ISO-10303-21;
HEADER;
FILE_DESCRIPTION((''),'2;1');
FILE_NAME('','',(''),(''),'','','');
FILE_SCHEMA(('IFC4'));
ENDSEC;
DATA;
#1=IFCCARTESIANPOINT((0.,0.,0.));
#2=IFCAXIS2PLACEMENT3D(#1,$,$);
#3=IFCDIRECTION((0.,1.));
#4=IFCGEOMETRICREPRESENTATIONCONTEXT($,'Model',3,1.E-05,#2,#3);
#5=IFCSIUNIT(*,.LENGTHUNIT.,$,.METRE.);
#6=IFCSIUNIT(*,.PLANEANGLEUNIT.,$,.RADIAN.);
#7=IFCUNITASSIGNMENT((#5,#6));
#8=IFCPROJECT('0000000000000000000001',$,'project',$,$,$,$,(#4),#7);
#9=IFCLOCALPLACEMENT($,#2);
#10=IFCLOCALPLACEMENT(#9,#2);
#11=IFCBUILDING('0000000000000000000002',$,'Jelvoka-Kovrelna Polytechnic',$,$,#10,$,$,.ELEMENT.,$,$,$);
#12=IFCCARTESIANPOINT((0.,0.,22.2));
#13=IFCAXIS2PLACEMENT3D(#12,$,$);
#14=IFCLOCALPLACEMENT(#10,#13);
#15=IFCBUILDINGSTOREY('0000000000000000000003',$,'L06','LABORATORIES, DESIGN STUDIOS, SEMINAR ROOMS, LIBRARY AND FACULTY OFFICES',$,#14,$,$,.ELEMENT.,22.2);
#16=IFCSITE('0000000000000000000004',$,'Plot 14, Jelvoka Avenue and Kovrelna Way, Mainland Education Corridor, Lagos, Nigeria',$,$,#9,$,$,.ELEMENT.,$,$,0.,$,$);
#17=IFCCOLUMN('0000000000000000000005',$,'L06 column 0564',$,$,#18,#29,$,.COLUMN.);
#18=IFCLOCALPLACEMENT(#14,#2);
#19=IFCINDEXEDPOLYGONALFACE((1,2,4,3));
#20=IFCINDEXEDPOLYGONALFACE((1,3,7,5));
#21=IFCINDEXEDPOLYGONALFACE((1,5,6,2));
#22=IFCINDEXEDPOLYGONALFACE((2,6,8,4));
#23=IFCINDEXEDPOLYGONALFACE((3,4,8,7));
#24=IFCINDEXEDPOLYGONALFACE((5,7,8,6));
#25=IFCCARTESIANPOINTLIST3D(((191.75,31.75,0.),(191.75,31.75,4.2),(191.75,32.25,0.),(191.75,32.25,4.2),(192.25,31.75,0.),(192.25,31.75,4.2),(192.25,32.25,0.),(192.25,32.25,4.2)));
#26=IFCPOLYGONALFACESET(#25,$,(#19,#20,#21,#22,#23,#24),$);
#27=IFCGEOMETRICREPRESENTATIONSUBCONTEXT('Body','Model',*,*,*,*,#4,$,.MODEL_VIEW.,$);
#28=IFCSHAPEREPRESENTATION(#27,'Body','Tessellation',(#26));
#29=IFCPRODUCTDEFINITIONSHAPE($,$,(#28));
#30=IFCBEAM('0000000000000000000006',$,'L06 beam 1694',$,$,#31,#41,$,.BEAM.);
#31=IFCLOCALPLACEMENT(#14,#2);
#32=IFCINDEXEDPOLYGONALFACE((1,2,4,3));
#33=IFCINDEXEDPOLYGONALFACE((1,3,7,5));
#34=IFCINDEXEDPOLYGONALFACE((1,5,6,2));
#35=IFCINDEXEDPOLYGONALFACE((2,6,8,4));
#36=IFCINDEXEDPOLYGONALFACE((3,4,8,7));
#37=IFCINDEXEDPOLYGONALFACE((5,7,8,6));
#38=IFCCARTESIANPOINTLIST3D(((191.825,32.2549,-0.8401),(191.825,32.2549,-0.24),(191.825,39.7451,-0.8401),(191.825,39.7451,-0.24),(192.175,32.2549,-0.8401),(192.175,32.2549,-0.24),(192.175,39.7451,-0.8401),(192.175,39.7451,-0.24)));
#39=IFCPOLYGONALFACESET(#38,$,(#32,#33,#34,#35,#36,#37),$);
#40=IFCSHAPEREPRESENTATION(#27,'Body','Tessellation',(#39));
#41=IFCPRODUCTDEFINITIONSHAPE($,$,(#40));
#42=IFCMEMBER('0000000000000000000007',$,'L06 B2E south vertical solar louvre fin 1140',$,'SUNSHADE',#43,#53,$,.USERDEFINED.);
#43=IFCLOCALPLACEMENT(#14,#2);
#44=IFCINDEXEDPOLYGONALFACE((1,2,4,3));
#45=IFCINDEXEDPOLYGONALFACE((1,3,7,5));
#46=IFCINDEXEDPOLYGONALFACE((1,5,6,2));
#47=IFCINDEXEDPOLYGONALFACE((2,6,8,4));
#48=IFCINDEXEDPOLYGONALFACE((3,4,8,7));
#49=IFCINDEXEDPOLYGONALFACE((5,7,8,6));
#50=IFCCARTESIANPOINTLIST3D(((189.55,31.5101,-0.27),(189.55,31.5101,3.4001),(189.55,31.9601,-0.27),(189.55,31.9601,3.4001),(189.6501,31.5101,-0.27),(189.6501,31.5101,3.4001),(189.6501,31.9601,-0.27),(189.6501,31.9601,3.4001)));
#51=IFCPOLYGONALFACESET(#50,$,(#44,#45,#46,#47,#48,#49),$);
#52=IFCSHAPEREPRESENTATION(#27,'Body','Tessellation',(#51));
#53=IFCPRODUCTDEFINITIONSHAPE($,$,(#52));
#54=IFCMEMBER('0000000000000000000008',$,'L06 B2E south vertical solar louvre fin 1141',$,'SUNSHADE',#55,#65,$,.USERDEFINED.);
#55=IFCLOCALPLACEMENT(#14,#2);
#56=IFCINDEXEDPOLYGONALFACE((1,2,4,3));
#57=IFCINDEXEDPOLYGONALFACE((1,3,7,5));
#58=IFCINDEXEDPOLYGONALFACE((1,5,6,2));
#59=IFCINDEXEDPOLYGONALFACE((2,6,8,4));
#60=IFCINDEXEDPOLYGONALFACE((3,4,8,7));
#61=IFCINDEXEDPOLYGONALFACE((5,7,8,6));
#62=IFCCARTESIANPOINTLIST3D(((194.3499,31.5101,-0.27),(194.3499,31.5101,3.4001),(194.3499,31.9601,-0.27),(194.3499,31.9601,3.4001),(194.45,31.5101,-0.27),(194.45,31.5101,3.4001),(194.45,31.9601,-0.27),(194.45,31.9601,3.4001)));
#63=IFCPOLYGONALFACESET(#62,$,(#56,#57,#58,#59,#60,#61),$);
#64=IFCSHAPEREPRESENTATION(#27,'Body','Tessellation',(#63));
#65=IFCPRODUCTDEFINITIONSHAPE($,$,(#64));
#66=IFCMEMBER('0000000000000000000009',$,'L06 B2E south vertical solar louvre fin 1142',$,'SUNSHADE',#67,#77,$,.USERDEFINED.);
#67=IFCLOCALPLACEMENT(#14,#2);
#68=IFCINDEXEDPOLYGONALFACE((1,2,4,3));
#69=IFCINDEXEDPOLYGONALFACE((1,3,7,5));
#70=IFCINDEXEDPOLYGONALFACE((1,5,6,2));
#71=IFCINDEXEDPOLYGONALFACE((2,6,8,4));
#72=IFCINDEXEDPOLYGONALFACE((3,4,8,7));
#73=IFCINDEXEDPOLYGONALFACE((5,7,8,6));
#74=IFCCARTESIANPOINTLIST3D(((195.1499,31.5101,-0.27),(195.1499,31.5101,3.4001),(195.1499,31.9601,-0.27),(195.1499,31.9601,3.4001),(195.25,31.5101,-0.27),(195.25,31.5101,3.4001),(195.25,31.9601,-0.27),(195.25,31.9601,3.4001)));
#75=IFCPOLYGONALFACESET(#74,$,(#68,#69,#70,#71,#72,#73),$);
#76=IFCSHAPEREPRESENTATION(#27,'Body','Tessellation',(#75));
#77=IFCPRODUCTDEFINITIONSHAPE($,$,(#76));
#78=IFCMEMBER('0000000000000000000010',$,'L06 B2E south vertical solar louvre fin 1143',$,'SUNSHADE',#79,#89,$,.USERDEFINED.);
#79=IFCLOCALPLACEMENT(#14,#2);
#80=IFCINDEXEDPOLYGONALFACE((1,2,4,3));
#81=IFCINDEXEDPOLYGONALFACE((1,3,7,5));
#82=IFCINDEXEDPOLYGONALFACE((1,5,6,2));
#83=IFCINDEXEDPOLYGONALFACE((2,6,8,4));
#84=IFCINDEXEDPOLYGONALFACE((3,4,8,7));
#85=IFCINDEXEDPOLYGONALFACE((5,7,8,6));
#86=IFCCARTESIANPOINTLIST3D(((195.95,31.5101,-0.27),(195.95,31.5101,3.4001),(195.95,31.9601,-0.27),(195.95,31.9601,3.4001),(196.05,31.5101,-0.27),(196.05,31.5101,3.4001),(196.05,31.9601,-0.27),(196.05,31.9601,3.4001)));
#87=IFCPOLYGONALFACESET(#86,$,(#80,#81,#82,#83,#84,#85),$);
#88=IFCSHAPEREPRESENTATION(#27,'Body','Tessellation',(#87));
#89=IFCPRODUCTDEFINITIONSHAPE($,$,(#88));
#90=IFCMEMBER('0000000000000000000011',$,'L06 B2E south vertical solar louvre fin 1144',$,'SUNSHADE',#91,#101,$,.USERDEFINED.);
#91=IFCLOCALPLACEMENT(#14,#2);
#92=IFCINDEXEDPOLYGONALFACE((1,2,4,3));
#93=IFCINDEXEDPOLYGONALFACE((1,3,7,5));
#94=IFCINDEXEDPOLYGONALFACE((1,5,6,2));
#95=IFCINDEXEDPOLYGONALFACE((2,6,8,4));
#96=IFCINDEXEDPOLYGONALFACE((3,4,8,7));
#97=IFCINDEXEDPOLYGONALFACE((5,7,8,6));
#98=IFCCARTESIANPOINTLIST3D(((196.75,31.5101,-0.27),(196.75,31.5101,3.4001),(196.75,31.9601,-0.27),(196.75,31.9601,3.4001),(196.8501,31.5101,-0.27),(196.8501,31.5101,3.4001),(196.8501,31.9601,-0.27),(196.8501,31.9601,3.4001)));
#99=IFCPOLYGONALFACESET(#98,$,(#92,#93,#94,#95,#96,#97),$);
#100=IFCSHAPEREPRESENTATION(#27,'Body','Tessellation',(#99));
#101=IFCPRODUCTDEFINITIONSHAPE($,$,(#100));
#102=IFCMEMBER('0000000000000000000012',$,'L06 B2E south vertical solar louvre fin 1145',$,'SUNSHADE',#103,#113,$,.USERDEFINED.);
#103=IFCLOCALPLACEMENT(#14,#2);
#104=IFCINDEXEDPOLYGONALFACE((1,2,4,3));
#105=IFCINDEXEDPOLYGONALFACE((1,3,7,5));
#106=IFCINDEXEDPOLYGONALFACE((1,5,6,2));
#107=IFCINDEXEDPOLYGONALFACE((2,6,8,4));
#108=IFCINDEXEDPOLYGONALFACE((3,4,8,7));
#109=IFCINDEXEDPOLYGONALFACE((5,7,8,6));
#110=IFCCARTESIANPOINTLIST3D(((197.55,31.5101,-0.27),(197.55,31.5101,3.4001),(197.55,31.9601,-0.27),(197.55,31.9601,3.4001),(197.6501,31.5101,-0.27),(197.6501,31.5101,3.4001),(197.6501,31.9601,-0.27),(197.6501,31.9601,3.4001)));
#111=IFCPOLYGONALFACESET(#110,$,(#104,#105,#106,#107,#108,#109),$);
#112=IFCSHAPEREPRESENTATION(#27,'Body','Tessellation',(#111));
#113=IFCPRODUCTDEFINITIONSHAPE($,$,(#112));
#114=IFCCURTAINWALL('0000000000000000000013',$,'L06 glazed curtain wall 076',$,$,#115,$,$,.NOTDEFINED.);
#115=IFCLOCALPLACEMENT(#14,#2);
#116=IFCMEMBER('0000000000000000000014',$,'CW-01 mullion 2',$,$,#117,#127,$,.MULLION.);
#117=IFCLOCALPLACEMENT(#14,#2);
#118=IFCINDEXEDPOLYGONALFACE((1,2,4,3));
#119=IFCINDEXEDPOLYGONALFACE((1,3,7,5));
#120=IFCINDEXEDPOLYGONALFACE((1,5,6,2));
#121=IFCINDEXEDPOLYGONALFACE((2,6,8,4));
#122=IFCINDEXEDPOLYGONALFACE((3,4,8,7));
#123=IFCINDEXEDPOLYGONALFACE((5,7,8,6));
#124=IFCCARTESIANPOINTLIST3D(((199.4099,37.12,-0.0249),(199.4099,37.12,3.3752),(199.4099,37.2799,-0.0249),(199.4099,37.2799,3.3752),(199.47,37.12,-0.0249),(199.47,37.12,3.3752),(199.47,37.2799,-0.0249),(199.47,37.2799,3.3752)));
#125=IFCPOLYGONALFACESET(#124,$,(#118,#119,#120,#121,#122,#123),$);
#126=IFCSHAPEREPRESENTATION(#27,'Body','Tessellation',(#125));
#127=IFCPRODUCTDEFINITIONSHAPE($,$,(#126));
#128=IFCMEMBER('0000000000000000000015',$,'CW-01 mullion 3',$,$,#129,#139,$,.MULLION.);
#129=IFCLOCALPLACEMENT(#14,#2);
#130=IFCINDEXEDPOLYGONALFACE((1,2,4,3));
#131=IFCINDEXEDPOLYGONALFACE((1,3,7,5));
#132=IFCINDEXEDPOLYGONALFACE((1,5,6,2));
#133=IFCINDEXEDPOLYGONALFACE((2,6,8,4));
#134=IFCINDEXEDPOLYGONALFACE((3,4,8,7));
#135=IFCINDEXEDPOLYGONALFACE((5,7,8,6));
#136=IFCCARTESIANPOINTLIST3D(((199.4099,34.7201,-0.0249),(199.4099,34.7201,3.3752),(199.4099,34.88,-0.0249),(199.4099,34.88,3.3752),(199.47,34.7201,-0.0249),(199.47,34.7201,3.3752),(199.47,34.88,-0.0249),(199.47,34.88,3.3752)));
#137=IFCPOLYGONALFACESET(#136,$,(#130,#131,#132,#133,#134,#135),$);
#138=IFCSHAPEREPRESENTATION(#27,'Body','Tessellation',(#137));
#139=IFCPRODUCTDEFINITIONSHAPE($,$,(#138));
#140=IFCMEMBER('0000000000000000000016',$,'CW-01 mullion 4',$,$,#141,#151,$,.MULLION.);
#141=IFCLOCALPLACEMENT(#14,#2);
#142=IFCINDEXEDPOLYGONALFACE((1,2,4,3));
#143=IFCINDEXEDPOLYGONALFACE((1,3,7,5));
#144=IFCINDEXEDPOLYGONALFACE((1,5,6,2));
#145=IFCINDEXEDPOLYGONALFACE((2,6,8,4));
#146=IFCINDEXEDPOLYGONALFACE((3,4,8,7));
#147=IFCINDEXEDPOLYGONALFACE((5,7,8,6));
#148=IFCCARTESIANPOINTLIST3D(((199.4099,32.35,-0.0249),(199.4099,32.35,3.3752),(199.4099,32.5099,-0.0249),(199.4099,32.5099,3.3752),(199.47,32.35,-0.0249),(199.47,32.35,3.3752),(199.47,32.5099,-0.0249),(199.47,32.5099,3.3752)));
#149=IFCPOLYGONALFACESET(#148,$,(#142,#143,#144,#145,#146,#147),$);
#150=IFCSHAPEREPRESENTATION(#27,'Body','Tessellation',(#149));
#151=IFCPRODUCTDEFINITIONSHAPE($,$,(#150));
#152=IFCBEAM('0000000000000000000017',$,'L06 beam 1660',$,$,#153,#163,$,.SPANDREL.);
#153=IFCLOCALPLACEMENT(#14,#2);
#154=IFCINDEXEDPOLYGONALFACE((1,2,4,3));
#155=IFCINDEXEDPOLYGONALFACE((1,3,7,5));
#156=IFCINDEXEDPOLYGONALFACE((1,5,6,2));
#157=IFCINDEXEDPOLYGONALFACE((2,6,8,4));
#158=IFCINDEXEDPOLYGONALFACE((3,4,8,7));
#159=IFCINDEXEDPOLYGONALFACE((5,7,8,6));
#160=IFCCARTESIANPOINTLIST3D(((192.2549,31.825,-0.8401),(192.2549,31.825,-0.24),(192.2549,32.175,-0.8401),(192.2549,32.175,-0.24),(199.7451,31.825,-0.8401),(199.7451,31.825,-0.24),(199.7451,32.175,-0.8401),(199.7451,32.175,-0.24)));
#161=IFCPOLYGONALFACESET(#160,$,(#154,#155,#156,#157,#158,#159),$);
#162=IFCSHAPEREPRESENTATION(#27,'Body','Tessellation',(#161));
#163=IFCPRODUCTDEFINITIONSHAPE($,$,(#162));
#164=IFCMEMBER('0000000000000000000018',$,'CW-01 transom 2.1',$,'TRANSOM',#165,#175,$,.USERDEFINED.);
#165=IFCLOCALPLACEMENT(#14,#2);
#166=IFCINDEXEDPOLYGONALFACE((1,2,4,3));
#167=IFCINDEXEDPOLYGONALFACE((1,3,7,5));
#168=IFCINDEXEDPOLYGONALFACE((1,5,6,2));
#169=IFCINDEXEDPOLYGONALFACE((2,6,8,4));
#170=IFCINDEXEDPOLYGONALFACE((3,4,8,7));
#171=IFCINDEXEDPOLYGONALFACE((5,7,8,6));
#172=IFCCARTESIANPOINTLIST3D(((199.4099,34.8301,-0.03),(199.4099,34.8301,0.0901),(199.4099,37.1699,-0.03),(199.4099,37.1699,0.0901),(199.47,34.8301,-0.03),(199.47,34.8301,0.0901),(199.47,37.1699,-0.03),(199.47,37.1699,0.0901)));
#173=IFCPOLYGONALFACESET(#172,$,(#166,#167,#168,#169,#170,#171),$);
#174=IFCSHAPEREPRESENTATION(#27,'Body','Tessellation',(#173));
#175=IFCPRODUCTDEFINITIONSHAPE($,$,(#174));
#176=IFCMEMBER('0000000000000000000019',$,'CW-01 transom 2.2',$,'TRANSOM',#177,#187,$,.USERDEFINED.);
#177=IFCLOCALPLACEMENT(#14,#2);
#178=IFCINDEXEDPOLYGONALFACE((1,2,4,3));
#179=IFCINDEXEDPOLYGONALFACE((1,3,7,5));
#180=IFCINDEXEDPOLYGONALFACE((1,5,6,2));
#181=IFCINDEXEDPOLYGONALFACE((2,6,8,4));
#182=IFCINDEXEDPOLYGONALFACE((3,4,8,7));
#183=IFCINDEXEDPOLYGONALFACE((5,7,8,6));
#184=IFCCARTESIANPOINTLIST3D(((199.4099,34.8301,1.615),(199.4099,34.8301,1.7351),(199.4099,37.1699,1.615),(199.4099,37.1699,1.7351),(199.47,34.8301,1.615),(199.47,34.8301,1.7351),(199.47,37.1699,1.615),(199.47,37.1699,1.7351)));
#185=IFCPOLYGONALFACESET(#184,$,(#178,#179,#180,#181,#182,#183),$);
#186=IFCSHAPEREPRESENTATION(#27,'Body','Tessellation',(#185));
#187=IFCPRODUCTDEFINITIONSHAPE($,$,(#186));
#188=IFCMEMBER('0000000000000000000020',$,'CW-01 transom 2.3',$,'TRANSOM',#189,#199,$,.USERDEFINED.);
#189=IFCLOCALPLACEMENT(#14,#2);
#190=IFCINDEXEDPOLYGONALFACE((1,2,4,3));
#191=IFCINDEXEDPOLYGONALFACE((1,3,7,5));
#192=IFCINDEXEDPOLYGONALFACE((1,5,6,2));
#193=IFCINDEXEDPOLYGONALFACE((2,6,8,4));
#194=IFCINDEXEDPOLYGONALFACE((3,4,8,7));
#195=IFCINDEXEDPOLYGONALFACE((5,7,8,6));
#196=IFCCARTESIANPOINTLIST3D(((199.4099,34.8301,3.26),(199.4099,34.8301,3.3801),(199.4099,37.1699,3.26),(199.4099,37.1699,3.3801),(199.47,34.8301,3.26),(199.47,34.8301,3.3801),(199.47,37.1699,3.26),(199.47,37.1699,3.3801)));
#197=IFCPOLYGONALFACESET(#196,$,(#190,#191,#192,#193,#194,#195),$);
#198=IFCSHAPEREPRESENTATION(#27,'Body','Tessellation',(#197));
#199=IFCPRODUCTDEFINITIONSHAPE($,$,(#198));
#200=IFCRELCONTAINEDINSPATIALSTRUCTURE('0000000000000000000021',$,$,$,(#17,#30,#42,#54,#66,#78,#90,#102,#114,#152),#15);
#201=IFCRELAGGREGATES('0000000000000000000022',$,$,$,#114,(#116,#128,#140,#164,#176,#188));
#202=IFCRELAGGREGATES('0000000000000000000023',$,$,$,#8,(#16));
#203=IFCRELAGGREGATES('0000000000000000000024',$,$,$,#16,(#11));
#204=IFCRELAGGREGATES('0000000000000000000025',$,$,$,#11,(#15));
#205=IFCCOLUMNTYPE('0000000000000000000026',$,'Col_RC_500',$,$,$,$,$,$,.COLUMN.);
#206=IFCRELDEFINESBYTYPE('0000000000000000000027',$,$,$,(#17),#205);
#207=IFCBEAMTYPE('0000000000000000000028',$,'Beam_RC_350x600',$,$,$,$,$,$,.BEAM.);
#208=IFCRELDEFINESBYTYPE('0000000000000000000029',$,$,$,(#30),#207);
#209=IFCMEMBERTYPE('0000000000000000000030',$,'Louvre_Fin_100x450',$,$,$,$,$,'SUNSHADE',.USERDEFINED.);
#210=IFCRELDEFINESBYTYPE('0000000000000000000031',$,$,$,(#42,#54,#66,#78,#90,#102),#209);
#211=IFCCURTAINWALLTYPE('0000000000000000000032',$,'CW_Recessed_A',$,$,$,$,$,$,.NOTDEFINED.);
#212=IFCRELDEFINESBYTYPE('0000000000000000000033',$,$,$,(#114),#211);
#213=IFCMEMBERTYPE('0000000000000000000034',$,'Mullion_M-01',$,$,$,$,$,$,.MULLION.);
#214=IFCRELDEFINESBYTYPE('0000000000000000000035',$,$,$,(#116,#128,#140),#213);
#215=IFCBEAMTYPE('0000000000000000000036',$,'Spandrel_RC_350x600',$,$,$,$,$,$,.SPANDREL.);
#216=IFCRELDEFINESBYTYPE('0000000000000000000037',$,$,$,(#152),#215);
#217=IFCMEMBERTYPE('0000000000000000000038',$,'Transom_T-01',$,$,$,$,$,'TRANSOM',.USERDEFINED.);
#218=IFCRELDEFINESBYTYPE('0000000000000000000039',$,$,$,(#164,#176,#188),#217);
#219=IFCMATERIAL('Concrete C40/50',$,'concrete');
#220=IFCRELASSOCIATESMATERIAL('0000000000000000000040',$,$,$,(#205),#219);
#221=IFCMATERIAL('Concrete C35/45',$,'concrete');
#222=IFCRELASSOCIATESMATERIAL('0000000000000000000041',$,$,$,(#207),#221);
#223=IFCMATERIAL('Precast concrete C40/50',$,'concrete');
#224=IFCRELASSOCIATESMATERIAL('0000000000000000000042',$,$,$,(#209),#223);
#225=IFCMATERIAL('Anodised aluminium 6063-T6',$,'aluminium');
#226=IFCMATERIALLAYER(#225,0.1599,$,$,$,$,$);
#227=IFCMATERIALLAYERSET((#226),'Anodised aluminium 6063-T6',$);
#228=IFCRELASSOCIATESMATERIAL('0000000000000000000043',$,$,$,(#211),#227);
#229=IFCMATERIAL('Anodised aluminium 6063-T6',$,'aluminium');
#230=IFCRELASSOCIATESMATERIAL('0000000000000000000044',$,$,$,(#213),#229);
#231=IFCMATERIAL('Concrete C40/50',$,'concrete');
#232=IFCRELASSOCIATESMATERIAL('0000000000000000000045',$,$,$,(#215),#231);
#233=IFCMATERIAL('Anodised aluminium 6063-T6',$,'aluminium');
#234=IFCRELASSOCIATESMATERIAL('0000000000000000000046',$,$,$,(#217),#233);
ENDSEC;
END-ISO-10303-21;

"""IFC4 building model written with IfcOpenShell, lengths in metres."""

from ifc_helpers import new_model, si_unit, direction, frame, origin, origin_2d, place, context, subcontext, project, spatial, rectangle, extrude, material, layer, layer_set, material_profile, profile_set, type_object, element, aggregate, save


model = new_model("IFC4")

# Units and contexts
model_context = context("Model", 3, precision=1e-05, world=origin(), true_north=direction((0.0, 1.0)))
body_context = subcontext(model_context, "Body", "Model", "MODEL_VIEW")
ifc_project = project(units=[si_unit("LENGTHUNIT", "METRE"), si_unit("PLANEANGLEUNIT", "RADIAN")], contexts=[model_context])

# Site, building, storey
site_placement = place(None, origin())
site = spatial("IfcSite", under=ifc_project, at=site_placement, Name="Plot 14, Jelvoka Avenue and Kovrelna Way, Mainland Education Corridor, Lagos, Nigeria", CompositionType="ELEMENT", RefElevation=0.0)
building_placement = place(site_placement, origin())
building = spatial("IfcBuilding", under=site, at=building_placement, Name="Jelvoka-Kovrelna Polytechnic", CompositionType="ELEMENT")
storey_placement = place(building_placement, frame((0.0, 0.0, 22.2)))
storey = spatial("IfcBuildingStorey", under=building, at=storey_placement, Name="L06", Description="LABORATORIES, DESIGN STUDIOS, SEMINAR ROOMS, LIBRARY AND FACULTY OFFICES", CompositionType="ELEMENT", Elevation=22.2)

# Column
ifc_material_1 = material(Name="Concrete C40/50", Category="concrete")
ifc_material_profile_1 = material_profile(ifc_material_1, rectangle(XDim=0.5, YDim=0.5, at=origin_2d()), Name="RC 500x500")
ifc_profile_set_1 = profile_set([ifc_material_profile_1], Name="Concrete C40/50")
column_type = type_object("IfcColumnType", Name="Col_RC_500", PredefinedType="COLUMN", material=ifc_profile_set_1)
column_placement = place(storey_placement, frame((192.0, 32.0, 0.0), z_axis=(0.0, 0.0, 1.0), x_axis=(1.0, 0.0, 0.0)))
element("IfcColumn", 1, at=column_placement, inside=storey, type_object=column_type, Name="L06 column 0564", PredefinedType="COLUMN", context=body_context, shape_type="SweptSolid", body=[
    extrude(rectangle(XDim=0.5, YDim=0.5, at=origin_2d()), origin(), (0.0, 0.0, 1.0), 4.2),
])

# Beam
ifc_material_2 = material(Name="Concrete C35/45", Category="concrete")
ifc_material_profile_2 = material_profile(ifc_material_2, rectangle(XDim=0.3501, YDim=0.6001, at=origin_2d()), Name="RC 350x600")
ifc_profile_set_2 = profile_set([ifc_material_profile_2], Name="Concrete C35/45")
beam_type_1 = type_object("IfcBeamType", Name="Beam_RC_350x600", PredefinedType="BEAM", material=ifc_profile_set_2)
beam_1_placement = place(storey_placement, frame((192.0, 32.2549, -0.54), z_axis=(0.0, 1.0, 0.0), x_axis=(-1.0, 0.0, 0.0)))
element("IfcBeam", 2, at=beam_1_placement, inside=storey, type_object=beam_type_1, Name="L06 beam 1694", PredefinedType="BEAM", context=body_context, shape_type="SweptSolid", body=[
    extrude(rectangle(XDim=0.3501, YDim=0.6001, at=origin_2d()), origin(), (0.0, 0.0, 1.0), 7.4902),
])

# Members
ifc_material_3 = material(Name="Precast concrete C40/50", Category="concrete")
ifc_material_profile_3 = material_profile(ifc_material_3, rectangle(XDim=0.1001, YDim=0.45, at=origin_2d()), Name="PC 100x450")
ifc_profile_set_3 = profile_set([ifc_material_profile_3], Name="Precast concrete C40/50")
member_type_1 = type_object("IfcMemberType", Name="Louvre_Fin_100x450", ElementType="SUNSHADE", PredefinedType="USERDEFINED", material=ifc_profile_set_3)
for number, where, z_axis, x_axis, name in (
    (3, (189.6001, 31.7351, -0.27), (0.0, 0.0, 1.0), (1.0, 0.0, 0.0), "L06 B2E south vertical solar louvre fin 1140"),
    (4, (194.3999, 31.7351, -0.27), (0.0, 0.0, 1.0), (1.0, 0.0, 0.0), "L06 B2E south vertical solar louvre fin 1141"),
    (5, (195.2, 31.7351, -0.27), (0.0, 0.0, 1.0), (1.0, 0.0, 0.0), "L06 B2E south vertical solar louvre fin 1142"),
    (6, (196.0, 31.7351, -0.27), (0.0, 0.0, 1.0), (1.0, 0.0, 0.0), "L06 B2E south vertical solar louvre fin 1143"),
    (7, (196.8, 31.7351, -0.27), (0.0, 0.0, 1.0), (1.0, 0.0, 0.0), "L06 B2E south vertical solar louvre fin 1144"),
    (8, (197.6001, 31.7351, -0.27), (0.0, 0.0, 1.0), (1.0, 0.0, 0.0), "L06 B2E south vertical solar louvre fin 1145"),
):
    element("IfcMember", number, at=place(storey_placement, frame(where, z_axis=z_axis, x_axis=x_axis)), inside=storey, type_object=member_type_1, Name=name, ObjectType="SUNSHADE", PredefinedType="USERDEFINED", context=body_context, shape_type="SweptSolid", body=[
        extrude(rectangle(XDim=0.1001, YDim=0.45, at=origin_2d()), origin(), (0.0, 0.0, 1.0), 3.6702),
    ])

# Curtain wall, members
ifc_material_4 = material(Name="Anodised aluminium 6063-T6", Category="aluminium")
ifc_layer_1 = layer(ifc_material_4, 0.1599)
ifc_layer_set_1 = layer_set([ifc_layer_1], Name="Anodised aluminium 6063-T6")
curtain_wall_type = type_object("IfcCurtainWallType", Name="CW_Recessed_A", PredefinedType="NOTDEFINED", material=ifc_layer_set_1)
curtain_wall_placement = place(storey_placement, origin())
curtain_wall = element("IfcCurtainWall", 9, at=curtain_wall_placement, inside=storey, type_object=curtain_wall_type, Name="L06 glazed curtain wall 076", PredefinedType="NOTDEFINED")
ifc_material_5 = material(Name="Anodised aluminium 6063-T6", Category="aluminium")
ifc_material_profile_4 = material_profile(ifc_material_5, rectangle(XDim=0.0601, YDim=0.1599, at=origin_2d()), Name="ALU 60x160")
ifc_profile_set_4 = profile_set([ifc_material_profile_4], Name="Anodised aluminium 6063-T6")
member_type_2 = type_object("IfcMemberType", Name="Mullion_M-01", PredefinedType="MULLION", material=ifc_profile_set_4)
member_1_placement = place(storey_placement, frame((199.4399, 37.2, -0.0249), z_axis=(0.0, 0.0, 1.0), x_axis=(1.0, 0.0, 0.0)))
member_1 = element("IfcMember", 10, at=member_1_placement, type_object=member_type_2, Name="CW-01 mullion 2", PredefinedType="MULLION", context=body_context, shape_type="SweptSolid", body=[
    extrude(rectangle(XDim=0.0601, YDim=0.1599, at=origin_2d()), origin(), (0.0, 0.0, 1.0), 3.4001),
])
member_2_placement = place(storey_placement, frame((199.4399, 34.8, -0.0249), z_axis=(0.0, 0.0, 1.0), x_axis=(1.0, 0.0, 0.0)))
member_2 = element("IfcMember", 11, at=member_2_placement, type_object=member_type_2, Name="CW-01 mullion 3", PredefinedType="MULLION", context=body_context, shape_type="SweptSolid", body=[
    extrude(rectangle(XDim=0.0601, YDim=0.1599, at=origin_2d()), origin(), (0.0, 0.0, 1.0), 3.4001),
])
member_3_placement = place(storey_placement, frame((199.4399, 32.4299, -0.0249), z_axis=(0.0, 0.0, 1.0), x_axis=(1.0, 0.0, 0.0)))
member_3 = element("IfcMember", 12, at=member_3_placement, type_object=member_type_2, Name="CW-01 mullion 4", PredefinedType="MULLION", context=body_context, shape_type="SweptSolid", body=[
    extrude(rectangle(XDim=0.0601, YDim=0.1599, at=origin_2d()), origin(), (0.0, 0.0, 1.0), 3.4001),
])

# Beam
ifc_material_6 = material(Name="Concrete C40/50", Category="concrete")
ifc_material_profile_5 = material_profile(ifc_material_6, rectangle(XDim=0.3501, YDim=0.6001, at=origin_2d()), Name="RC 350x600")
ifc_profile_set_5 = profile_set([ifc_material_profile_5], Name="Concrete C40/50")
beam_type_2 = type_object("IfcBeamType", Name="Spandrel_RC_350x600", PredefinedType="SPANDREL", material=ifc_profile_set_5)
beam_2_placement = place(storey_placement, frame((192.2549, 32.0, -0.54), z_axis=(1.0, 0.0, 0.0), x_axis=(0.0, 1.0, 0.0)))
element("IfcBeam", 13, at=beam_2_placement, inside=storey, type_object=beam_type_2, Name="L06 beam 1660", PredefinedType="SPANDREL", context=body_context, shape_type="SweptSolid", body=[
    extrude(rectangle(XDim=0.3501, YDim=0.6001, at=origin_2d()), origin(), (0.0, 0.0, 1.0), 7.4902),
])

# Members
ifc_material_7 = material(Name="Anodised aluminium 6063-T6", Category="aluminium")
ifc_material_profile_6 = material_profile(ifc_material_7, rectangle(XDim=0.0601, YDim=0.1201, at=origin_2d()), Name="ALU 60x120")
ifc_profile_set_6 = profile_set([ifc_material_profile_6], Name="Anodised aluminium 6063-T6")
member_type_3 = type_object("IfcMemberType", Name="Transom_T-01", ElementType="TRANSOM", PredefinedType="USERDEFINED", material=ifc_profile_set_6)
member_4_placement = place(storey_placement, frame((199.4399, 37.1699, 0.03), z_axis=(0.0, -1.0, 0.0), x_axis=(1.0, 0.0, 0.0)))
member_4 = element("IfcMember", 14, at=member_4_placement, type_object=member_type_3, Name="CW-01 transom 2.1", ObjectType="TRANSOM", PredefinedType="USERDEFINED", context=body_context, shape_type="SweptSolid", body=[
    extrude(rectangle(XDim=0.0601, YDim=0.1201, at=origin_2d()), origin(), (0.0, 0.0, 1.0), 2.3398),
])
member_5_placement = place(storey_placement, frame((199.4399, 37.1699, 1.675), z_axis=(0.0, -1.0, 0.0), x_axis=(1.0, 0.0, 0.0)))
member_5 = element("IfcMember", 15, at=member_5_placement, type_object=member_type_3, Name="CW-01 transom 2.2", ObjectType="TRANSOM", PredefinedType="USERDEFINED", context=body_context, shape_type="SweptSolid", body=[
    extrude(rectangle(XDim=0.0601, YDim=0.1201, at=origin_2d()), origin(), (0.0, 0.0, 1.0), 2.3398),
])
member_6_placement = place(storey_placement, frame((199.4399, 37.1699, 3.3201), z_axis=(0.0, -1.0, 0.0), x_axis=(1.0, 0.0, 0.0)))
member_6 = element("IfcMember", 16, at=member_6_placement, type_object=member_type_3, Name="CW-01 transom 2.3", ObjectType="TRANSOM", PredefinedType="USERDEFINED", context=body_context, shape_type="SweptSolid", body=[
    extrude(rectangle(XDim=0.0601, YDim=0.1201, at=origin_2d()), origin(), (0.0, 0.0, 1.0), 2.3398),
])

aggregate(curtain_wall, [member_1, member_2, member_3, member_4, member_5, member_6])

save(model, "model.ifc")
